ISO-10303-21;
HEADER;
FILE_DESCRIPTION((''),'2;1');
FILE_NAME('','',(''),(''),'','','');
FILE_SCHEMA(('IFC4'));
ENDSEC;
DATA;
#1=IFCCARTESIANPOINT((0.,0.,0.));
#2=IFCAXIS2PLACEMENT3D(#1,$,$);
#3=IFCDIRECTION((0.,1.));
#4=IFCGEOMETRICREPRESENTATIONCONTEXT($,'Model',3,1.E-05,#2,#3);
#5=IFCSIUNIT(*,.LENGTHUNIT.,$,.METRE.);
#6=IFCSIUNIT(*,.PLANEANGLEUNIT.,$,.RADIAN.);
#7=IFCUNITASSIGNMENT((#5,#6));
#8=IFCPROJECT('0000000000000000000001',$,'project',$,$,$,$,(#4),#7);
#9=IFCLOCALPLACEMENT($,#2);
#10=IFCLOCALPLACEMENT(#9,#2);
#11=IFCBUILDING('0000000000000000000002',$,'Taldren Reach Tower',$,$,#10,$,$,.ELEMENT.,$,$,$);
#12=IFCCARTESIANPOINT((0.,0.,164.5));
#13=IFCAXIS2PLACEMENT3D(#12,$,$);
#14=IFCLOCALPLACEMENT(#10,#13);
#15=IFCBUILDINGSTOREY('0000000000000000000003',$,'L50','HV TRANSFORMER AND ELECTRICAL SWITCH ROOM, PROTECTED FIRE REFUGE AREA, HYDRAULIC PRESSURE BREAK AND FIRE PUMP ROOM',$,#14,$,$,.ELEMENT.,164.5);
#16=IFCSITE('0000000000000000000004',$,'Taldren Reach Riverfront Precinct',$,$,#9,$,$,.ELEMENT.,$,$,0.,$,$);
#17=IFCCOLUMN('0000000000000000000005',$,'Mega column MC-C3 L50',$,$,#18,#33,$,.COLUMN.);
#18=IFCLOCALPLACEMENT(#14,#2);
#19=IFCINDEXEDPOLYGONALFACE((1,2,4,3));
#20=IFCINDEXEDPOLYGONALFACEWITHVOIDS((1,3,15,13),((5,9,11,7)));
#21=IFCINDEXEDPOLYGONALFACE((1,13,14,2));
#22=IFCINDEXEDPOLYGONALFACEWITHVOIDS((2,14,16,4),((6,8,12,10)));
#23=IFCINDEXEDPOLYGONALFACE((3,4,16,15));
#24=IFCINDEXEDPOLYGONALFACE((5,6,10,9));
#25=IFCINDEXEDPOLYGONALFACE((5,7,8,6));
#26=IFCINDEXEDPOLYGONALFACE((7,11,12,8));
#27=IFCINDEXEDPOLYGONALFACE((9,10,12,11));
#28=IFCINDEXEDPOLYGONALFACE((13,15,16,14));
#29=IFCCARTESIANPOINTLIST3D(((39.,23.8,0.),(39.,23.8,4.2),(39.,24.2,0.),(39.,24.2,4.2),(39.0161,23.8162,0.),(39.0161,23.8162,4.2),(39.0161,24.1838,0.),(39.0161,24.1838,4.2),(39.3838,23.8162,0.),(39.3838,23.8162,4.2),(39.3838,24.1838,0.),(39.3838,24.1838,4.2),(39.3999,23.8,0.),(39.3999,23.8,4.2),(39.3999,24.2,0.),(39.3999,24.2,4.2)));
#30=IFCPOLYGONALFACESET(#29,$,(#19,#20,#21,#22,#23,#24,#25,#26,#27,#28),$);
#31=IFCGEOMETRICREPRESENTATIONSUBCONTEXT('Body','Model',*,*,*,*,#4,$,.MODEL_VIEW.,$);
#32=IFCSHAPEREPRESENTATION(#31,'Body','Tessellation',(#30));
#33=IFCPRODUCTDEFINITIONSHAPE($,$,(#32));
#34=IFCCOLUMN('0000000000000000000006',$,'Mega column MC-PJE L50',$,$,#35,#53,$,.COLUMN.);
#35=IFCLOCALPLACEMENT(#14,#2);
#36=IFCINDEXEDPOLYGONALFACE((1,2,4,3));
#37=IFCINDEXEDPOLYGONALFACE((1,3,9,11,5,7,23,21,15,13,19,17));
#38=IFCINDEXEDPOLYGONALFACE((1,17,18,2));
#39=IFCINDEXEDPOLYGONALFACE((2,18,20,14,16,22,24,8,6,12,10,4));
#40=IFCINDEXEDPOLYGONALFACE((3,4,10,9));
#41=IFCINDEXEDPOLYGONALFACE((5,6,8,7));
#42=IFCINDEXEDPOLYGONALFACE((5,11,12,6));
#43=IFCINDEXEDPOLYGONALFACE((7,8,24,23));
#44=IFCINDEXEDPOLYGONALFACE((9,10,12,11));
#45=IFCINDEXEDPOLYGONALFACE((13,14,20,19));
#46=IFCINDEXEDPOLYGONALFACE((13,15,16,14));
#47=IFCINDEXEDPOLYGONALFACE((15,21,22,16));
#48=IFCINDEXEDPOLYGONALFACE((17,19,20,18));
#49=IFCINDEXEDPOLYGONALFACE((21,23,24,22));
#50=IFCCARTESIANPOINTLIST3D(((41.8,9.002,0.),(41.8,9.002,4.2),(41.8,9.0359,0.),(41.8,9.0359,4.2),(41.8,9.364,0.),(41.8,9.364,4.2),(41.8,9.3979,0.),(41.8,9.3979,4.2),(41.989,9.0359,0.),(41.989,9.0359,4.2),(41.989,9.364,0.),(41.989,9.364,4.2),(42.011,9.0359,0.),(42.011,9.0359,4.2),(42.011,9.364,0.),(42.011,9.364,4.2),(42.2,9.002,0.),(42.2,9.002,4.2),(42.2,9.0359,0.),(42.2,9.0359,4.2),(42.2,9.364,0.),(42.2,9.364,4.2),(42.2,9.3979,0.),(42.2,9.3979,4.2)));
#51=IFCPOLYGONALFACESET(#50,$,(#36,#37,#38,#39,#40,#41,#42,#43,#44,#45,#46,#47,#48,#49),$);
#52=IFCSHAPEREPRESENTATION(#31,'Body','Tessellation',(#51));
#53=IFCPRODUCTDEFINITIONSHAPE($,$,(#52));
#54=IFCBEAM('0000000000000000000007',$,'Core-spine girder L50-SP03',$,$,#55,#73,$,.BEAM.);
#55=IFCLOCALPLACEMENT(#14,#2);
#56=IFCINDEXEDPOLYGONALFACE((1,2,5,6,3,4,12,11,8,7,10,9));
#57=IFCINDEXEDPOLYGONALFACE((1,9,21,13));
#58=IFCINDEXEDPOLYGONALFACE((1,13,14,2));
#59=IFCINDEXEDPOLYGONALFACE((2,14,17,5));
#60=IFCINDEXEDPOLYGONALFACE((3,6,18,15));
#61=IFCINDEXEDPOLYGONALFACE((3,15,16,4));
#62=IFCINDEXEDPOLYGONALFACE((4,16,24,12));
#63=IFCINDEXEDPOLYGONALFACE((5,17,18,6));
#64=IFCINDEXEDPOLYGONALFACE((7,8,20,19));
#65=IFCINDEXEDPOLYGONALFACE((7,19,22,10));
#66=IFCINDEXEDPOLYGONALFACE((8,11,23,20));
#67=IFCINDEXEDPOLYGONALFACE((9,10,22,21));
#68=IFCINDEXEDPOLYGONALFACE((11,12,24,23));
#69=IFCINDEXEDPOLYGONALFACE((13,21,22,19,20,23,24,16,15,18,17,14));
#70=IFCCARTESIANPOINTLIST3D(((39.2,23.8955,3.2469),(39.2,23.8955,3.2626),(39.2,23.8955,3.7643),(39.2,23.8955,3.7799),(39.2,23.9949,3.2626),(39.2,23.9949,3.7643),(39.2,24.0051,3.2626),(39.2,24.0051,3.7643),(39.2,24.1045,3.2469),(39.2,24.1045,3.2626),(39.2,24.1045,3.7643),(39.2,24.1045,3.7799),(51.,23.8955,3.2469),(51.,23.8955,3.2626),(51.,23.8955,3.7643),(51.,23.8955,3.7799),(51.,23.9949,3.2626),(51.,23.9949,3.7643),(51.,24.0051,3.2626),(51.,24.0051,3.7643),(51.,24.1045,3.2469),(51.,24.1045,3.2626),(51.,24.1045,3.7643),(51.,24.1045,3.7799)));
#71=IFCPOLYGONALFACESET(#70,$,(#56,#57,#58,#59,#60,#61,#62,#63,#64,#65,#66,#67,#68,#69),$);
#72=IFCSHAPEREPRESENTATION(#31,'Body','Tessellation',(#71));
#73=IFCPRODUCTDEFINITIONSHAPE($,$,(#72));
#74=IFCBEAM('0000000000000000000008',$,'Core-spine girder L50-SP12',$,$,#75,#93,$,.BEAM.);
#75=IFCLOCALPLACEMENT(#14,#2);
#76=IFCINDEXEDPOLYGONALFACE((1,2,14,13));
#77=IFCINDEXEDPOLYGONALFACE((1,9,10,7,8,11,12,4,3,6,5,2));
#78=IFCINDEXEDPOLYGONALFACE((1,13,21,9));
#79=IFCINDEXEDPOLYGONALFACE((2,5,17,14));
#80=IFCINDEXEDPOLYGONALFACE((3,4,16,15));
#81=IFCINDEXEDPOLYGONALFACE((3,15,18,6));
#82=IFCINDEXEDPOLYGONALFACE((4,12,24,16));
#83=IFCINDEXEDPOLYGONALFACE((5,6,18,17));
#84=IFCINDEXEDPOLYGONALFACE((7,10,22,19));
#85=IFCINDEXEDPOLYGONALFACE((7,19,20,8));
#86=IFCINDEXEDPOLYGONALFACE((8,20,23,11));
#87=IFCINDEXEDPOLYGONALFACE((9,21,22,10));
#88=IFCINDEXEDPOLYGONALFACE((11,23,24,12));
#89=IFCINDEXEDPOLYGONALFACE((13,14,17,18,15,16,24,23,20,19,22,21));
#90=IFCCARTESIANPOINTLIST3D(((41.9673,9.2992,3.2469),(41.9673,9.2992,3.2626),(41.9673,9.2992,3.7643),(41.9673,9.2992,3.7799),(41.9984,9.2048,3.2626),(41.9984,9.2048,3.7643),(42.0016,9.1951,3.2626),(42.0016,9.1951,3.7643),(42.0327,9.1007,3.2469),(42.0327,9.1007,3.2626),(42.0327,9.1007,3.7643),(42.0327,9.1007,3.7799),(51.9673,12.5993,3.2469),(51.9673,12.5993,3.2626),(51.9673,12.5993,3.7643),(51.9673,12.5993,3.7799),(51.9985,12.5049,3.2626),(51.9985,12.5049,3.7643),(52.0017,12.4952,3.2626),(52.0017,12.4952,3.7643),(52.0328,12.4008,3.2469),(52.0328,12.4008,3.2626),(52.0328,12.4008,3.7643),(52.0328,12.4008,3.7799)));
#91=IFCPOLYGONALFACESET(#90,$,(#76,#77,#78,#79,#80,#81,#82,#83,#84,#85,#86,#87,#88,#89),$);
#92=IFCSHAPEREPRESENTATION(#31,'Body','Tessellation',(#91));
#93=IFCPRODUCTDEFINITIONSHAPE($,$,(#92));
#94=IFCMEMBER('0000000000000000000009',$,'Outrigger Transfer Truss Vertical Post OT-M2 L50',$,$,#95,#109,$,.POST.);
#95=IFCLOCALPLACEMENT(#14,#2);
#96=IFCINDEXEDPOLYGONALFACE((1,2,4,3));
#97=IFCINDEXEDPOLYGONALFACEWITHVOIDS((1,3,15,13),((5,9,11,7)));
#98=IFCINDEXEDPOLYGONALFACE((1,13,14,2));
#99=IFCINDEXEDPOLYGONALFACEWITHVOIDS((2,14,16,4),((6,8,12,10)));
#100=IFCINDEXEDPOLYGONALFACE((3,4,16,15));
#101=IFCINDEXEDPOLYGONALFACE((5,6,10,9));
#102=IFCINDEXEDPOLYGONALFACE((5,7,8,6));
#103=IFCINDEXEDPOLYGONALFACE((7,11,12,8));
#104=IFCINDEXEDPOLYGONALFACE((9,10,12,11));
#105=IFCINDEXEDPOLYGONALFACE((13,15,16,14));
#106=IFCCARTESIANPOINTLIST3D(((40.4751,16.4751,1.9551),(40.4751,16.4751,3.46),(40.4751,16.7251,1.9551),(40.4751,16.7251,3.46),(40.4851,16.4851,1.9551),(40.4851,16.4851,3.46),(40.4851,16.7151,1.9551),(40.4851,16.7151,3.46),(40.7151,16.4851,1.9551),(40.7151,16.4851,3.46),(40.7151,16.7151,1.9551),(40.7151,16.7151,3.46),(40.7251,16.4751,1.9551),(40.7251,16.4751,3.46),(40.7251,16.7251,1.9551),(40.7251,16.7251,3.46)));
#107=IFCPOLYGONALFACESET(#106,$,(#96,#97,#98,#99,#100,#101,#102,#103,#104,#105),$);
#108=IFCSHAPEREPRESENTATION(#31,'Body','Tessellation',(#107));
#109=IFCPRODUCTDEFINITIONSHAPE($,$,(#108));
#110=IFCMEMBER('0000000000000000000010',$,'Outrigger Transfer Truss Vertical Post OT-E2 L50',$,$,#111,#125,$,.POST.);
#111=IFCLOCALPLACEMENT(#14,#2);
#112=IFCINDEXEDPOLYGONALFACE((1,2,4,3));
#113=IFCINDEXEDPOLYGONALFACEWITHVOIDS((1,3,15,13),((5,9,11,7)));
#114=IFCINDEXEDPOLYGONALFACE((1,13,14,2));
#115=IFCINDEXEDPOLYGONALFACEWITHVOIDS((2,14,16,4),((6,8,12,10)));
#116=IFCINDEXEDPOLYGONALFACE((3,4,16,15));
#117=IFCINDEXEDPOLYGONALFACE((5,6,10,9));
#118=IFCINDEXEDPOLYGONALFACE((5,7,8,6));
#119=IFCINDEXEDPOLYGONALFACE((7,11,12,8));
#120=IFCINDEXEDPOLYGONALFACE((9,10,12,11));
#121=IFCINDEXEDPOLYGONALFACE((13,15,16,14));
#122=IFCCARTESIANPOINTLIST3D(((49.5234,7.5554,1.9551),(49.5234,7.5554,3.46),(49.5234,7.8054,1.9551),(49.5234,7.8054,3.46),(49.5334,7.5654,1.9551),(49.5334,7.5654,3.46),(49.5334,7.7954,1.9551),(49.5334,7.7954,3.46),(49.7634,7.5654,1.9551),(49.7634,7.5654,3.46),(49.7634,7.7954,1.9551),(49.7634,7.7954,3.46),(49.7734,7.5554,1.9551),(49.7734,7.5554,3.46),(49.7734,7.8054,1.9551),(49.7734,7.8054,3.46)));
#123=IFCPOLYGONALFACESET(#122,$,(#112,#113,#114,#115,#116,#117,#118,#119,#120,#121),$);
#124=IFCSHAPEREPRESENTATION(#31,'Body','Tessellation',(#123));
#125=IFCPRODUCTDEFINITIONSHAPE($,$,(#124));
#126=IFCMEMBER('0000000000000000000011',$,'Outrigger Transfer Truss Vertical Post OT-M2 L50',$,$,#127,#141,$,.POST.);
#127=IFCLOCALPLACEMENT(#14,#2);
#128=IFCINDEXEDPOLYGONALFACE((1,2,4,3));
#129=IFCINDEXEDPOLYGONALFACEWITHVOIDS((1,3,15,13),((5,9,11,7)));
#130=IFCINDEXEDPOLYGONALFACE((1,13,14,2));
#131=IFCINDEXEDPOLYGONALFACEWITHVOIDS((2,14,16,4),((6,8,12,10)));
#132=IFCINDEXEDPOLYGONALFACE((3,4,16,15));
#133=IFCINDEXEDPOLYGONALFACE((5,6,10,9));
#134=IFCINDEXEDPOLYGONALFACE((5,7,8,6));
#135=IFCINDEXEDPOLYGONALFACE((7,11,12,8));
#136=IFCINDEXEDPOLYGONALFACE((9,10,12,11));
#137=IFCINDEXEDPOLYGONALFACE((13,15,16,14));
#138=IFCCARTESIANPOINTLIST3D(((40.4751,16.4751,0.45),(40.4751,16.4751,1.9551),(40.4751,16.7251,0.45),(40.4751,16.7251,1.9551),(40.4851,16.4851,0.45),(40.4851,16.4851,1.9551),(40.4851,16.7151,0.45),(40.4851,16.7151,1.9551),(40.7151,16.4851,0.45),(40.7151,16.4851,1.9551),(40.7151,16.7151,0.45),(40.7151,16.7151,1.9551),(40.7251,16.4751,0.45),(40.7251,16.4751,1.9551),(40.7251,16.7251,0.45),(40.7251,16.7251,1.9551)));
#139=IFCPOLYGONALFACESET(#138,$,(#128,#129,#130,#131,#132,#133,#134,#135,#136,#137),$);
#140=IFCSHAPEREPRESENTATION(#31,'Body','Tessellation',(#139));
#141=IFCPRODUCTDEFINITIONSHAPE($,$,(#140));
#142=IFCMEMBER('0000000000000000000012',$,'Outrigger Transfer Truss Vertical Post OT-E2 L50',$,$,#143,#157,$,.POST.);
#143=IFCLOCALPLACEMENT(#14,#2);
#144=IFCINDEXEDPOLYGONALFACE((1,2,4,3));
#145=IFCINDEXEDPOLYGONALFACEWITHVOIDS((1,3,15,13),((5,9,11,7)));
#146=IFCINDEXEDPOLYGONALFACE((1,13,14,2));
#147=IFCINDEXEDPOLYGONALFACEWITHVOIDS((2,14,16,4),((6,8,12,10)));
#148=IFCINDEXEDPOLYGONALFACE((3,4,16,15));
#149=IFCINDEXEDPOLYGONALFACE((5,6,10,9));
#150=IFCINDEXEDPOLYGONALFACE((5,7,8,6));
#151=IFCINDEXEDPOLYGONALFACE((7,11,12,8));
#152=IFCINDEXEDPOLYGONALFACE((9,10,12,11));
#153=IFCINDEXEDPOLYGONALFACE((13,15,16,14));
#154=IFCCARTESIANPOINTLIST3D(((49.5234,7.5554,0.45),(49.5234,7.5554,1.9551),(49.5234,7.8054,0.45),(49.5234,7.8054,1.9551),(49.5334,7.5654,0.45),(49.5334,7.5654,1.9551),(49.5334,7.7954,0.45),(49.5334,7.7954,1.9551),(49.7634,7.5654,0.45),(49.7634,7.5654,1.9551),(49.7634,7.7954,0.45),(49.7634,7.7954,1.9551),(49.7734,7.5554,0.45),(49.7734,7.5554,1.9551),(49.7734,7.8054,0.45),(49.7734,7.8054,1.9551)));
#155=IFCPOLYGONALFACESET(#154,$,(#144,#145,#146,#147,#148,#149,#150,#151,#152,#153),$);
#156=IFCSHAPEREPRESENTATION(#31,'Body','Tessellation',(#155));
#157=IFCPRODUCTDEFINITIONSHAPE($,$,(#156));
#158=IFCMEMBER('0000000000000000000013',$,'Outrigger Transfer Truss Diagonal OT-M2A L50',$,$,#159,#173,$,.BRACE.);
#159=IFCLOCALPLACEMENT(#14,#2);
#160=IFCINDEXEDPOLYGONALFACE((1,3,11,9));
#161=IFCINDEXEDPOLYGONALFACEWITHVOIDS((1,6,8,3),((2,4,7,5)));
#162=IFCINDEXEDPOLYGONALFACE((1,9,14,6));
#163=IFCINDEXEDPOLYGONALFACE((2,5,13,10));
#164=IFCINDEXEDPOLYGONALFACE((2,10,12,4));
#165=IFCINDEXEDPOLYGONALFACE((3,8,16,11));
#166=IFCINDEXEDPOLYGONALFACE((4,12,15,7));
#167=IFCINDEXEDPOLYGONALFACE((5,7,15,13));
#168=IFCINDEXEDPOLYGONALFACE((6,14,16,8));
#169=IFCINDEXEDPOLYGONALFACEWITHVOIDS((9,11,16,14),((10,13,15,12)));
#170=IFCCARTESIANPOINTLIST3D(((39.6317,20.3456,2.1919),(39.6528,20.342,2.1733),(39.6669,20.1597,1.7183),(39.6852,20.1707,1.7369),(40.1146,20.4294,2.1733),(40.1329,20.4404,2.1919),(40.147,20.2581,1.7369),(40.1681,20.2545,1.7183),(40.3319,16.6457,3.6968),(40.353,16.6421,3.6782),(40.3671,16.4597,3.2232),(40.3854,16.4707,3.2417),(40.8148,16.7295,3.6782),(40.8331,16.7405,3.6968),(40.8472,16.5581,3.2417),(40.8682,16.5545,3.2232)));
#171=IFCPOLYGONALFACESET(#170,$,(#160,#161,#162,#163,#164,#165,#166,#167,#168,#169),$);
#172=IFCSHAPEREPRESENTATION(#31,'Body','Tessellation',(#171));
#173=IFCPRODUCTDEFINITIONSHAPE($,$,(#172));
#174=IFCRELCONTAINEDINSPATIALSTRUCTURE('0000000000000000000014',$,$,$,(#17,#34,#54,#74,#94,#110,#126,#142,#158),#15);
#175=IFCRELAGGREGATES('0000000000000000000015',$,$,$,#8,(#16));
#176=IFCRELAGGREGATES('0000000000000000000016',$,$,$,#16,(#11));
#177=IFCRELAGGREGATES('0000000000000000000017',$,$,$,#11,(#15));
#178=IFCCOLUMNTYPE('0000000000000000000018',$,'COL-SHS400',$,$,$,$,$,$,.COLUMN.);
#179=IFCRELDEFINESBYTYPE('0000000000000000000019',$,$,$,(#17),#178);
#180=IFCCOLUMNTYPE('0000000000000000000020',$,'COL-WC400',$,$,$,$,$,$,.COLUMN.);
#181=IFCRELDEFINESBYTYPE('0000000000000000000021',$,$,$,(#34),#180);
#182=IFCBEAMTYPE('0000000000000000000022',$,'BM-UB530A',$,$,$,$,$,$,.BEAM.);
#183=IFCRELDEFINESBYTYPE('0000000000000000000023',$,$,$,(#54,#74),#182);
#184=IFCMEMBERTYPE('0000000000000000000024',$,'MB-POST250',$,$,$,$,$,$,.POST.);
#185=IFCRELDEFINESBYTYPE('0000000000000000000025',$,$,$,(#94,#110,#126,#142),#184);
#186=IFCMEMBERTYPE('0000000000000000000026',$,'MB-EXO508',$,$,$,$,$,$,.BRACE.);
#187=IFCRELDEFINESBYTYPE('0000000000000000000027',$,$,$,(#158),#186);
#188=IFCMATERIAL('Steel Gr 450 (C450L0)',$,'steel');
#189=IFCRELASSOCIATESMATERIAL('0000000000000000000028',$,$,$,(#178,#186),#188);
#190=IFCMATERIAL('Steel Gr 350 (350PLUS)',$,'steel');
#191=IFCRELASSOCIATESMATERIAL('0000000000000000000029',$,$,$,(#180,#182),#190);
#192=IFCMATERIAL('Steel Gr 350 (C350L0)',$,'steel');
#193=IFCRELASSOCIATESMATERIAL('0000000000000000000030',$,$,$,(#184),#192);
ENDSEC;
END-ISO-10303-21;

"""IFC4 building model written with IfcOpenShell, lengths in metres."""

from ifc_helpers import new_model, si_unit, direction, frame, origin, origin_2d, place, context, subcontext, project, spatial, hollow_rectangle, i_section, extrude, source, transform, mapped, material, material_profile, profile_set, type_object, element, save


model = new_model("IFC4")

# Units and contexts
model_context = context("Model", 3, precision=1e-05, world=origin(), true_north=direction((0.0, 1.0)))
body_context = subcontext(model_context, "Body", "Model", "MODEL_VIEW")
ifc_project = project(units=[si_unit("LENGTHUNIT", "METRE"), si_unit("PLANEANGLEUNIT", "RADIAN")], contexts=[model_context])

# Site, building, storey
site_placement = place(None, origin())
site = spatial("IfcSite", under=ifc_project, at=site_placement, Name="Taldren Reach Riverfront Precinct", CompositionType="ELEMENT", RefElevation=0.0)
building_placement = place(site_placement, origin())
building = spatial("IfcBuilding", under=site, at=building_placement, Name="Taldren Reach Tower", CompositionType="ELEMENT")
storey_placement = place(building_placement, frame((0.0, 0.0, 164.5)))
storey = spatial("IfcBuildingStorey", under=building, at=storey_placement, Name="L50", Description="HV TRANSFORMER AND ELECTRICAL SWITCH ROOM, PROTECTED FIRE REFUGE AREA, HYDRAULIC PRESSURE BREAK AND FIRE PUMP ROOM", CompositionType="ELEMENT", Elevation=164.5)

# Columns
ifc_material_1 = material(Name="Steel Gr 450 (C450L0)", Category="steel")
ifc_material_profile_1 = material_profile(ifc_material_1, hollow_rectangle(XDim=0.3999, YDim=0.3999, WallThickness=0.0161, at=origin_2d()), Name="400x400x16.0SHS")
ifc_profile_set_1 = profile_set([ifc_material_profile_1], Name="Steel Gr 450 (C450L0)")
column_type_1 = type_object("IfcColumnType", Name="COL-SHS400", PredefinedType="COLUMN", material=ifc_profile_set_1)
shared_shape_1 = source(origin(), body_context, "Body", "SweptSolid", [
    extrude(hollow_rectangle(XDim=0.3999, YDim=0.3999, WallThickness=0.0161, at=origin_2d()), origin(), (0.0, 0.0, 1.0), 4.2),
])
column_1_placement = place(storey_placement, frame((39.2, 24.0, 0.0), z_axis=(0.0, 0.0, 1.0), x_axis=(1.0, 0.0, 0.0)))
element("IfcColumn", 1, at=column_1_placement, inside=storey, type_object=column_type_1, Name="Mega column MC-C3 L50", PredefinedType="COLUMN", context=body_context, shape_type="MappedRepresentation", body=[
    mapped(shared_shape_1, transform((0.0, 0.0, 0.0), scale=1.0)),
])
ifc_material_2 = material(Name="Steel Gr 350 (350PLUS)", Category="steel")
ifc_material_profile_2 = material_profile(ifc_material_2, i_section(OverallWidth=0.3999, OverallDepth=0.396, WebThickness=0.022, FlangeThickness=0.0339, at=origin_2d()), Name="400WC270")
ifc_profile_set_2 = profile_set([ifc_material_profile_2], Name="Steel Gr 350 (350PLUS)")
column_type_2 = type_object("IfcColumnType", Name="COL-WC400", PredefinedType="COLUMN", material=ifc_profile_set_2)
shared_shape_2 = source(origin(), body_context, "Body", "SweptSolid", [
    extrude(i_section(OverallWidth=0.3999, OverallDepth=0.396, WebThickness=0.022, FlangeThickness=0.0339, at=origin_2d()), origin(), (0.0, 0.0, 1.0), 4.2),
])
column_2_placement = place(storey_placement, frame((42.0, 9.2, 0.0), z_axis=(0.0, 0.0, 1.0), x_axis=(1.0, 0.0, 0.0)))
element("IfcColumn", 2, at=column_2_placement, inside=storey, type_object=column_type_2, Name="Mega column MC-PJE L50", PredefinedType="COLUMN", context=body_context, shape_type="MappedRepresentation", body=[
    mapped(shared_shape_2, transform((0.0, 0.0, 0.0), scale=1.0)),
])

# Beams
ifc_material_profile_3 = material_profile(ifc_material_2, i_section(OverallWidth=0.209, OverallDepth=0.533, WebThickness=0.0103, FlangeThickness=0.0156, at=origin_2d()), Name="530UB92.4")
ifc_profile_set_3 = profile_set([ifc_material_profile_3], Name="Steel Gr 350 (350PLUS)")
beam_type_1 = type_object("IfcBeamType", Name="BM-UB530A", PredefinedType="BEAM", material=ifc_profile_set_3)
shared_shape_3 = source(origin(), body_context, "Body", "SweptSolid", [
    extrude(i_section(OverallWidth=0.209, OverallDepth=0.533, WebThickness=0.0103, FlangeThickness=0.0156, at=origin_2d()), origin(), (0.0, 0.0, 1.0), 11.8),
])
beam_1_placement = place(storey_placement, frame((39.2, 24.0, 3.5134), z_axis=(1.0, 0.0, 0.0), x_axis=(0.0, 1.0, 0.0)))
element("IfcBeam", 3, at=beam_1_placement, inside=storey, type_object=beam_type_1, Name="Core-spine girder L50-SP03", PredefinedType="BEAM", context=body_context, shape_type="MappedRepresentation", body=[
    mapped(shared_shape_3, transform((0.0, 0.0, 0.0), scale=1.0)),
])
shared_shape_4 = source(origin(), body_context, "Body", "SweptSolid", [
    extrude(i_section(OverallWidth=0.209, OverallDepth=0.533, WebThickness=0.0103, FlangeThickness=0.0156, at=origin_2d()), origin(), (0.0, 0.0, 1.0), 10.5305),
])
beam_2_placement = place(storey_placement, frame((42.0, 9.2, 3.5134), z_axis=(0.949627, 0.313382, 0.0), x_axis=(-0.313382, 0.949627, 0.0)))
element("IfcBeam", 4, at=beam_2_placement, inside=storey, type_object=beam_type_1, Name="Core-spine girder L50-SP12", PredefinedType="BEAM", context=body_context, shape_type="MappedRepresentation", body=[
    mapped(shared_shape_4, transform((0.0, 0.0, 0.0), scale=1.0)),
])

# Members
ifc_material_3 = material(Name="Steel Gr 350 (C350L0)", Category="steel")
ifc_material_profile_4 = material_profile(ifc_material_3, hollow_rectangle(XDim=0.25, YDim=0.25, WallThickness=0.01, at=origin_2d()), Name="250x250x10.0SHS")
ifc_profile_set_4 = profile_set([ifc_material_profile_4], Name="Steel Gr 350 (C350L0)")
member_type_1 = type_object("IfcMemberType", Name="MB-POST250", PredefinedType="POST", material=ifc_profile_set_4)
shared_shape_5 = source(origin(), body_context, "Body", "SweptSolid", [
    extrude(hollow_rectangle(XDim=0.25, YDim=0.25, WallThickness=0.01, at=origin_2d()), origin(), (0.0, 0.0, 1.0), 1.5049),
])
for number, where, z_axis, x_axis, name in (
    (5, (40.6001, 16.6001, 1.9551), (0.0, 0.0, 1.0), (1.0, 0.0, 0.0), "Outrigger Transfer Truss Vertical Post OT-M2 L50"),
    (6, (49.6484, 7.6804, 1.9551), (0.0, 0.0, 1.0), (1.0, 0.0, 0.0), "Outrigger Transfer Truss Vertical Post OT-E2 L50"),
):
    element("IfcMember", number, at=place(storey_placement, frame(where, z_axis=z_axis, x_axis=x_axis)), inside=storey, type_object=member_type_1, Name=name, PredefinedType="POST", context=body_context, shape_type="MappedRepresentation", body=[
        mapped(shared_shape_5, transform((0.0, 0.0, 0.0), scale=1.0)),
    ])
shared_shape_6 = source(origin(), body_context, "Body", "SweptSolid", [
    extrude(hollow_rectangle(XDim=0.25, YDim=0.25, WallThickness=0.01, at=origin_2d()), origin(), (0.0, 0.0, 1.0), 1.5051),
])
for number, where, z_axis, x_axis, name in (
    (7, (40.6001, 16.6001, 0.45), (0.0, 0.0, 1.0), (1.0, 0.0, 0.0), "Outrigger Transfer Truss Vertical Post OT-M2 L50"),
    (8, (49.6484, 7.6804, 0.45), (0.0, 0.0, 1.0), (1.0, 0.0, 0.0), "Outrigger Transfer Truss Vertical Post OT-E2 L50"),
):
    element("IfcMember", number, at=place(storey_placement, frame(where, z_axis=z_axis, x_axis=x_axis)), inside=storey, type_object=member_type_1, Name=name, PredefinedType="POST", context=body_context, shape_type="MappedRepresentation", body=[
        mapped(shared_shape_6, transform((0.0, 0.0, 0.0), scale=1.0)),
    ])
ifc_material_profile_5 = material_profile(ifc_material_1, hollow_rectangle(XDim=0.51, YDim=0.51, WallThickness=0.02, at=origin_2d()), Name="510x510x20.0SHS")
ifc_profile_set_5 = profile_set([ifc_material_profile_5], Name="Steel Gr 450 (C450L0)")
member_type_2 = type_object("IfcMemberType", Name="MB-EXO508", PredefinedType="BRACE", material=ifc_profile_set_5)
shared_shape_7 = source(origin(), body_context, "Body", "SweptSolid", [
    extrude(hollow_rectangle(XDim=0.51, YDim=0.51, WallThickness=0.02, at=origin_2d()), origin(), (0.0, 0.0, 1.0), 4.0552),
])
for number, where, z_axis, x_axis, name in (
    (9, (39.8999, 20.3, 1.9551), (0.172666, -0.912398, 0.3711), (0.98256, 0.185944, 0.0), "Outrigger Transfer Truss Diagonal OT-M2A L50"),
):
    element("IfcMember", number, at=place(storey_placement, frame(where, z_axis=z_axis, x_axis=x_axis)), inside=storey, type_object=member_type_2, Name=name, PredefinedType="BRACE", context=body_context, shape_type="MappedRepresentation", body=[
        mapped(shared_shape_7, transform((0.0, 0.0, 0.0), scale=1.0)),
    ])

save(model, "model.ifc")
